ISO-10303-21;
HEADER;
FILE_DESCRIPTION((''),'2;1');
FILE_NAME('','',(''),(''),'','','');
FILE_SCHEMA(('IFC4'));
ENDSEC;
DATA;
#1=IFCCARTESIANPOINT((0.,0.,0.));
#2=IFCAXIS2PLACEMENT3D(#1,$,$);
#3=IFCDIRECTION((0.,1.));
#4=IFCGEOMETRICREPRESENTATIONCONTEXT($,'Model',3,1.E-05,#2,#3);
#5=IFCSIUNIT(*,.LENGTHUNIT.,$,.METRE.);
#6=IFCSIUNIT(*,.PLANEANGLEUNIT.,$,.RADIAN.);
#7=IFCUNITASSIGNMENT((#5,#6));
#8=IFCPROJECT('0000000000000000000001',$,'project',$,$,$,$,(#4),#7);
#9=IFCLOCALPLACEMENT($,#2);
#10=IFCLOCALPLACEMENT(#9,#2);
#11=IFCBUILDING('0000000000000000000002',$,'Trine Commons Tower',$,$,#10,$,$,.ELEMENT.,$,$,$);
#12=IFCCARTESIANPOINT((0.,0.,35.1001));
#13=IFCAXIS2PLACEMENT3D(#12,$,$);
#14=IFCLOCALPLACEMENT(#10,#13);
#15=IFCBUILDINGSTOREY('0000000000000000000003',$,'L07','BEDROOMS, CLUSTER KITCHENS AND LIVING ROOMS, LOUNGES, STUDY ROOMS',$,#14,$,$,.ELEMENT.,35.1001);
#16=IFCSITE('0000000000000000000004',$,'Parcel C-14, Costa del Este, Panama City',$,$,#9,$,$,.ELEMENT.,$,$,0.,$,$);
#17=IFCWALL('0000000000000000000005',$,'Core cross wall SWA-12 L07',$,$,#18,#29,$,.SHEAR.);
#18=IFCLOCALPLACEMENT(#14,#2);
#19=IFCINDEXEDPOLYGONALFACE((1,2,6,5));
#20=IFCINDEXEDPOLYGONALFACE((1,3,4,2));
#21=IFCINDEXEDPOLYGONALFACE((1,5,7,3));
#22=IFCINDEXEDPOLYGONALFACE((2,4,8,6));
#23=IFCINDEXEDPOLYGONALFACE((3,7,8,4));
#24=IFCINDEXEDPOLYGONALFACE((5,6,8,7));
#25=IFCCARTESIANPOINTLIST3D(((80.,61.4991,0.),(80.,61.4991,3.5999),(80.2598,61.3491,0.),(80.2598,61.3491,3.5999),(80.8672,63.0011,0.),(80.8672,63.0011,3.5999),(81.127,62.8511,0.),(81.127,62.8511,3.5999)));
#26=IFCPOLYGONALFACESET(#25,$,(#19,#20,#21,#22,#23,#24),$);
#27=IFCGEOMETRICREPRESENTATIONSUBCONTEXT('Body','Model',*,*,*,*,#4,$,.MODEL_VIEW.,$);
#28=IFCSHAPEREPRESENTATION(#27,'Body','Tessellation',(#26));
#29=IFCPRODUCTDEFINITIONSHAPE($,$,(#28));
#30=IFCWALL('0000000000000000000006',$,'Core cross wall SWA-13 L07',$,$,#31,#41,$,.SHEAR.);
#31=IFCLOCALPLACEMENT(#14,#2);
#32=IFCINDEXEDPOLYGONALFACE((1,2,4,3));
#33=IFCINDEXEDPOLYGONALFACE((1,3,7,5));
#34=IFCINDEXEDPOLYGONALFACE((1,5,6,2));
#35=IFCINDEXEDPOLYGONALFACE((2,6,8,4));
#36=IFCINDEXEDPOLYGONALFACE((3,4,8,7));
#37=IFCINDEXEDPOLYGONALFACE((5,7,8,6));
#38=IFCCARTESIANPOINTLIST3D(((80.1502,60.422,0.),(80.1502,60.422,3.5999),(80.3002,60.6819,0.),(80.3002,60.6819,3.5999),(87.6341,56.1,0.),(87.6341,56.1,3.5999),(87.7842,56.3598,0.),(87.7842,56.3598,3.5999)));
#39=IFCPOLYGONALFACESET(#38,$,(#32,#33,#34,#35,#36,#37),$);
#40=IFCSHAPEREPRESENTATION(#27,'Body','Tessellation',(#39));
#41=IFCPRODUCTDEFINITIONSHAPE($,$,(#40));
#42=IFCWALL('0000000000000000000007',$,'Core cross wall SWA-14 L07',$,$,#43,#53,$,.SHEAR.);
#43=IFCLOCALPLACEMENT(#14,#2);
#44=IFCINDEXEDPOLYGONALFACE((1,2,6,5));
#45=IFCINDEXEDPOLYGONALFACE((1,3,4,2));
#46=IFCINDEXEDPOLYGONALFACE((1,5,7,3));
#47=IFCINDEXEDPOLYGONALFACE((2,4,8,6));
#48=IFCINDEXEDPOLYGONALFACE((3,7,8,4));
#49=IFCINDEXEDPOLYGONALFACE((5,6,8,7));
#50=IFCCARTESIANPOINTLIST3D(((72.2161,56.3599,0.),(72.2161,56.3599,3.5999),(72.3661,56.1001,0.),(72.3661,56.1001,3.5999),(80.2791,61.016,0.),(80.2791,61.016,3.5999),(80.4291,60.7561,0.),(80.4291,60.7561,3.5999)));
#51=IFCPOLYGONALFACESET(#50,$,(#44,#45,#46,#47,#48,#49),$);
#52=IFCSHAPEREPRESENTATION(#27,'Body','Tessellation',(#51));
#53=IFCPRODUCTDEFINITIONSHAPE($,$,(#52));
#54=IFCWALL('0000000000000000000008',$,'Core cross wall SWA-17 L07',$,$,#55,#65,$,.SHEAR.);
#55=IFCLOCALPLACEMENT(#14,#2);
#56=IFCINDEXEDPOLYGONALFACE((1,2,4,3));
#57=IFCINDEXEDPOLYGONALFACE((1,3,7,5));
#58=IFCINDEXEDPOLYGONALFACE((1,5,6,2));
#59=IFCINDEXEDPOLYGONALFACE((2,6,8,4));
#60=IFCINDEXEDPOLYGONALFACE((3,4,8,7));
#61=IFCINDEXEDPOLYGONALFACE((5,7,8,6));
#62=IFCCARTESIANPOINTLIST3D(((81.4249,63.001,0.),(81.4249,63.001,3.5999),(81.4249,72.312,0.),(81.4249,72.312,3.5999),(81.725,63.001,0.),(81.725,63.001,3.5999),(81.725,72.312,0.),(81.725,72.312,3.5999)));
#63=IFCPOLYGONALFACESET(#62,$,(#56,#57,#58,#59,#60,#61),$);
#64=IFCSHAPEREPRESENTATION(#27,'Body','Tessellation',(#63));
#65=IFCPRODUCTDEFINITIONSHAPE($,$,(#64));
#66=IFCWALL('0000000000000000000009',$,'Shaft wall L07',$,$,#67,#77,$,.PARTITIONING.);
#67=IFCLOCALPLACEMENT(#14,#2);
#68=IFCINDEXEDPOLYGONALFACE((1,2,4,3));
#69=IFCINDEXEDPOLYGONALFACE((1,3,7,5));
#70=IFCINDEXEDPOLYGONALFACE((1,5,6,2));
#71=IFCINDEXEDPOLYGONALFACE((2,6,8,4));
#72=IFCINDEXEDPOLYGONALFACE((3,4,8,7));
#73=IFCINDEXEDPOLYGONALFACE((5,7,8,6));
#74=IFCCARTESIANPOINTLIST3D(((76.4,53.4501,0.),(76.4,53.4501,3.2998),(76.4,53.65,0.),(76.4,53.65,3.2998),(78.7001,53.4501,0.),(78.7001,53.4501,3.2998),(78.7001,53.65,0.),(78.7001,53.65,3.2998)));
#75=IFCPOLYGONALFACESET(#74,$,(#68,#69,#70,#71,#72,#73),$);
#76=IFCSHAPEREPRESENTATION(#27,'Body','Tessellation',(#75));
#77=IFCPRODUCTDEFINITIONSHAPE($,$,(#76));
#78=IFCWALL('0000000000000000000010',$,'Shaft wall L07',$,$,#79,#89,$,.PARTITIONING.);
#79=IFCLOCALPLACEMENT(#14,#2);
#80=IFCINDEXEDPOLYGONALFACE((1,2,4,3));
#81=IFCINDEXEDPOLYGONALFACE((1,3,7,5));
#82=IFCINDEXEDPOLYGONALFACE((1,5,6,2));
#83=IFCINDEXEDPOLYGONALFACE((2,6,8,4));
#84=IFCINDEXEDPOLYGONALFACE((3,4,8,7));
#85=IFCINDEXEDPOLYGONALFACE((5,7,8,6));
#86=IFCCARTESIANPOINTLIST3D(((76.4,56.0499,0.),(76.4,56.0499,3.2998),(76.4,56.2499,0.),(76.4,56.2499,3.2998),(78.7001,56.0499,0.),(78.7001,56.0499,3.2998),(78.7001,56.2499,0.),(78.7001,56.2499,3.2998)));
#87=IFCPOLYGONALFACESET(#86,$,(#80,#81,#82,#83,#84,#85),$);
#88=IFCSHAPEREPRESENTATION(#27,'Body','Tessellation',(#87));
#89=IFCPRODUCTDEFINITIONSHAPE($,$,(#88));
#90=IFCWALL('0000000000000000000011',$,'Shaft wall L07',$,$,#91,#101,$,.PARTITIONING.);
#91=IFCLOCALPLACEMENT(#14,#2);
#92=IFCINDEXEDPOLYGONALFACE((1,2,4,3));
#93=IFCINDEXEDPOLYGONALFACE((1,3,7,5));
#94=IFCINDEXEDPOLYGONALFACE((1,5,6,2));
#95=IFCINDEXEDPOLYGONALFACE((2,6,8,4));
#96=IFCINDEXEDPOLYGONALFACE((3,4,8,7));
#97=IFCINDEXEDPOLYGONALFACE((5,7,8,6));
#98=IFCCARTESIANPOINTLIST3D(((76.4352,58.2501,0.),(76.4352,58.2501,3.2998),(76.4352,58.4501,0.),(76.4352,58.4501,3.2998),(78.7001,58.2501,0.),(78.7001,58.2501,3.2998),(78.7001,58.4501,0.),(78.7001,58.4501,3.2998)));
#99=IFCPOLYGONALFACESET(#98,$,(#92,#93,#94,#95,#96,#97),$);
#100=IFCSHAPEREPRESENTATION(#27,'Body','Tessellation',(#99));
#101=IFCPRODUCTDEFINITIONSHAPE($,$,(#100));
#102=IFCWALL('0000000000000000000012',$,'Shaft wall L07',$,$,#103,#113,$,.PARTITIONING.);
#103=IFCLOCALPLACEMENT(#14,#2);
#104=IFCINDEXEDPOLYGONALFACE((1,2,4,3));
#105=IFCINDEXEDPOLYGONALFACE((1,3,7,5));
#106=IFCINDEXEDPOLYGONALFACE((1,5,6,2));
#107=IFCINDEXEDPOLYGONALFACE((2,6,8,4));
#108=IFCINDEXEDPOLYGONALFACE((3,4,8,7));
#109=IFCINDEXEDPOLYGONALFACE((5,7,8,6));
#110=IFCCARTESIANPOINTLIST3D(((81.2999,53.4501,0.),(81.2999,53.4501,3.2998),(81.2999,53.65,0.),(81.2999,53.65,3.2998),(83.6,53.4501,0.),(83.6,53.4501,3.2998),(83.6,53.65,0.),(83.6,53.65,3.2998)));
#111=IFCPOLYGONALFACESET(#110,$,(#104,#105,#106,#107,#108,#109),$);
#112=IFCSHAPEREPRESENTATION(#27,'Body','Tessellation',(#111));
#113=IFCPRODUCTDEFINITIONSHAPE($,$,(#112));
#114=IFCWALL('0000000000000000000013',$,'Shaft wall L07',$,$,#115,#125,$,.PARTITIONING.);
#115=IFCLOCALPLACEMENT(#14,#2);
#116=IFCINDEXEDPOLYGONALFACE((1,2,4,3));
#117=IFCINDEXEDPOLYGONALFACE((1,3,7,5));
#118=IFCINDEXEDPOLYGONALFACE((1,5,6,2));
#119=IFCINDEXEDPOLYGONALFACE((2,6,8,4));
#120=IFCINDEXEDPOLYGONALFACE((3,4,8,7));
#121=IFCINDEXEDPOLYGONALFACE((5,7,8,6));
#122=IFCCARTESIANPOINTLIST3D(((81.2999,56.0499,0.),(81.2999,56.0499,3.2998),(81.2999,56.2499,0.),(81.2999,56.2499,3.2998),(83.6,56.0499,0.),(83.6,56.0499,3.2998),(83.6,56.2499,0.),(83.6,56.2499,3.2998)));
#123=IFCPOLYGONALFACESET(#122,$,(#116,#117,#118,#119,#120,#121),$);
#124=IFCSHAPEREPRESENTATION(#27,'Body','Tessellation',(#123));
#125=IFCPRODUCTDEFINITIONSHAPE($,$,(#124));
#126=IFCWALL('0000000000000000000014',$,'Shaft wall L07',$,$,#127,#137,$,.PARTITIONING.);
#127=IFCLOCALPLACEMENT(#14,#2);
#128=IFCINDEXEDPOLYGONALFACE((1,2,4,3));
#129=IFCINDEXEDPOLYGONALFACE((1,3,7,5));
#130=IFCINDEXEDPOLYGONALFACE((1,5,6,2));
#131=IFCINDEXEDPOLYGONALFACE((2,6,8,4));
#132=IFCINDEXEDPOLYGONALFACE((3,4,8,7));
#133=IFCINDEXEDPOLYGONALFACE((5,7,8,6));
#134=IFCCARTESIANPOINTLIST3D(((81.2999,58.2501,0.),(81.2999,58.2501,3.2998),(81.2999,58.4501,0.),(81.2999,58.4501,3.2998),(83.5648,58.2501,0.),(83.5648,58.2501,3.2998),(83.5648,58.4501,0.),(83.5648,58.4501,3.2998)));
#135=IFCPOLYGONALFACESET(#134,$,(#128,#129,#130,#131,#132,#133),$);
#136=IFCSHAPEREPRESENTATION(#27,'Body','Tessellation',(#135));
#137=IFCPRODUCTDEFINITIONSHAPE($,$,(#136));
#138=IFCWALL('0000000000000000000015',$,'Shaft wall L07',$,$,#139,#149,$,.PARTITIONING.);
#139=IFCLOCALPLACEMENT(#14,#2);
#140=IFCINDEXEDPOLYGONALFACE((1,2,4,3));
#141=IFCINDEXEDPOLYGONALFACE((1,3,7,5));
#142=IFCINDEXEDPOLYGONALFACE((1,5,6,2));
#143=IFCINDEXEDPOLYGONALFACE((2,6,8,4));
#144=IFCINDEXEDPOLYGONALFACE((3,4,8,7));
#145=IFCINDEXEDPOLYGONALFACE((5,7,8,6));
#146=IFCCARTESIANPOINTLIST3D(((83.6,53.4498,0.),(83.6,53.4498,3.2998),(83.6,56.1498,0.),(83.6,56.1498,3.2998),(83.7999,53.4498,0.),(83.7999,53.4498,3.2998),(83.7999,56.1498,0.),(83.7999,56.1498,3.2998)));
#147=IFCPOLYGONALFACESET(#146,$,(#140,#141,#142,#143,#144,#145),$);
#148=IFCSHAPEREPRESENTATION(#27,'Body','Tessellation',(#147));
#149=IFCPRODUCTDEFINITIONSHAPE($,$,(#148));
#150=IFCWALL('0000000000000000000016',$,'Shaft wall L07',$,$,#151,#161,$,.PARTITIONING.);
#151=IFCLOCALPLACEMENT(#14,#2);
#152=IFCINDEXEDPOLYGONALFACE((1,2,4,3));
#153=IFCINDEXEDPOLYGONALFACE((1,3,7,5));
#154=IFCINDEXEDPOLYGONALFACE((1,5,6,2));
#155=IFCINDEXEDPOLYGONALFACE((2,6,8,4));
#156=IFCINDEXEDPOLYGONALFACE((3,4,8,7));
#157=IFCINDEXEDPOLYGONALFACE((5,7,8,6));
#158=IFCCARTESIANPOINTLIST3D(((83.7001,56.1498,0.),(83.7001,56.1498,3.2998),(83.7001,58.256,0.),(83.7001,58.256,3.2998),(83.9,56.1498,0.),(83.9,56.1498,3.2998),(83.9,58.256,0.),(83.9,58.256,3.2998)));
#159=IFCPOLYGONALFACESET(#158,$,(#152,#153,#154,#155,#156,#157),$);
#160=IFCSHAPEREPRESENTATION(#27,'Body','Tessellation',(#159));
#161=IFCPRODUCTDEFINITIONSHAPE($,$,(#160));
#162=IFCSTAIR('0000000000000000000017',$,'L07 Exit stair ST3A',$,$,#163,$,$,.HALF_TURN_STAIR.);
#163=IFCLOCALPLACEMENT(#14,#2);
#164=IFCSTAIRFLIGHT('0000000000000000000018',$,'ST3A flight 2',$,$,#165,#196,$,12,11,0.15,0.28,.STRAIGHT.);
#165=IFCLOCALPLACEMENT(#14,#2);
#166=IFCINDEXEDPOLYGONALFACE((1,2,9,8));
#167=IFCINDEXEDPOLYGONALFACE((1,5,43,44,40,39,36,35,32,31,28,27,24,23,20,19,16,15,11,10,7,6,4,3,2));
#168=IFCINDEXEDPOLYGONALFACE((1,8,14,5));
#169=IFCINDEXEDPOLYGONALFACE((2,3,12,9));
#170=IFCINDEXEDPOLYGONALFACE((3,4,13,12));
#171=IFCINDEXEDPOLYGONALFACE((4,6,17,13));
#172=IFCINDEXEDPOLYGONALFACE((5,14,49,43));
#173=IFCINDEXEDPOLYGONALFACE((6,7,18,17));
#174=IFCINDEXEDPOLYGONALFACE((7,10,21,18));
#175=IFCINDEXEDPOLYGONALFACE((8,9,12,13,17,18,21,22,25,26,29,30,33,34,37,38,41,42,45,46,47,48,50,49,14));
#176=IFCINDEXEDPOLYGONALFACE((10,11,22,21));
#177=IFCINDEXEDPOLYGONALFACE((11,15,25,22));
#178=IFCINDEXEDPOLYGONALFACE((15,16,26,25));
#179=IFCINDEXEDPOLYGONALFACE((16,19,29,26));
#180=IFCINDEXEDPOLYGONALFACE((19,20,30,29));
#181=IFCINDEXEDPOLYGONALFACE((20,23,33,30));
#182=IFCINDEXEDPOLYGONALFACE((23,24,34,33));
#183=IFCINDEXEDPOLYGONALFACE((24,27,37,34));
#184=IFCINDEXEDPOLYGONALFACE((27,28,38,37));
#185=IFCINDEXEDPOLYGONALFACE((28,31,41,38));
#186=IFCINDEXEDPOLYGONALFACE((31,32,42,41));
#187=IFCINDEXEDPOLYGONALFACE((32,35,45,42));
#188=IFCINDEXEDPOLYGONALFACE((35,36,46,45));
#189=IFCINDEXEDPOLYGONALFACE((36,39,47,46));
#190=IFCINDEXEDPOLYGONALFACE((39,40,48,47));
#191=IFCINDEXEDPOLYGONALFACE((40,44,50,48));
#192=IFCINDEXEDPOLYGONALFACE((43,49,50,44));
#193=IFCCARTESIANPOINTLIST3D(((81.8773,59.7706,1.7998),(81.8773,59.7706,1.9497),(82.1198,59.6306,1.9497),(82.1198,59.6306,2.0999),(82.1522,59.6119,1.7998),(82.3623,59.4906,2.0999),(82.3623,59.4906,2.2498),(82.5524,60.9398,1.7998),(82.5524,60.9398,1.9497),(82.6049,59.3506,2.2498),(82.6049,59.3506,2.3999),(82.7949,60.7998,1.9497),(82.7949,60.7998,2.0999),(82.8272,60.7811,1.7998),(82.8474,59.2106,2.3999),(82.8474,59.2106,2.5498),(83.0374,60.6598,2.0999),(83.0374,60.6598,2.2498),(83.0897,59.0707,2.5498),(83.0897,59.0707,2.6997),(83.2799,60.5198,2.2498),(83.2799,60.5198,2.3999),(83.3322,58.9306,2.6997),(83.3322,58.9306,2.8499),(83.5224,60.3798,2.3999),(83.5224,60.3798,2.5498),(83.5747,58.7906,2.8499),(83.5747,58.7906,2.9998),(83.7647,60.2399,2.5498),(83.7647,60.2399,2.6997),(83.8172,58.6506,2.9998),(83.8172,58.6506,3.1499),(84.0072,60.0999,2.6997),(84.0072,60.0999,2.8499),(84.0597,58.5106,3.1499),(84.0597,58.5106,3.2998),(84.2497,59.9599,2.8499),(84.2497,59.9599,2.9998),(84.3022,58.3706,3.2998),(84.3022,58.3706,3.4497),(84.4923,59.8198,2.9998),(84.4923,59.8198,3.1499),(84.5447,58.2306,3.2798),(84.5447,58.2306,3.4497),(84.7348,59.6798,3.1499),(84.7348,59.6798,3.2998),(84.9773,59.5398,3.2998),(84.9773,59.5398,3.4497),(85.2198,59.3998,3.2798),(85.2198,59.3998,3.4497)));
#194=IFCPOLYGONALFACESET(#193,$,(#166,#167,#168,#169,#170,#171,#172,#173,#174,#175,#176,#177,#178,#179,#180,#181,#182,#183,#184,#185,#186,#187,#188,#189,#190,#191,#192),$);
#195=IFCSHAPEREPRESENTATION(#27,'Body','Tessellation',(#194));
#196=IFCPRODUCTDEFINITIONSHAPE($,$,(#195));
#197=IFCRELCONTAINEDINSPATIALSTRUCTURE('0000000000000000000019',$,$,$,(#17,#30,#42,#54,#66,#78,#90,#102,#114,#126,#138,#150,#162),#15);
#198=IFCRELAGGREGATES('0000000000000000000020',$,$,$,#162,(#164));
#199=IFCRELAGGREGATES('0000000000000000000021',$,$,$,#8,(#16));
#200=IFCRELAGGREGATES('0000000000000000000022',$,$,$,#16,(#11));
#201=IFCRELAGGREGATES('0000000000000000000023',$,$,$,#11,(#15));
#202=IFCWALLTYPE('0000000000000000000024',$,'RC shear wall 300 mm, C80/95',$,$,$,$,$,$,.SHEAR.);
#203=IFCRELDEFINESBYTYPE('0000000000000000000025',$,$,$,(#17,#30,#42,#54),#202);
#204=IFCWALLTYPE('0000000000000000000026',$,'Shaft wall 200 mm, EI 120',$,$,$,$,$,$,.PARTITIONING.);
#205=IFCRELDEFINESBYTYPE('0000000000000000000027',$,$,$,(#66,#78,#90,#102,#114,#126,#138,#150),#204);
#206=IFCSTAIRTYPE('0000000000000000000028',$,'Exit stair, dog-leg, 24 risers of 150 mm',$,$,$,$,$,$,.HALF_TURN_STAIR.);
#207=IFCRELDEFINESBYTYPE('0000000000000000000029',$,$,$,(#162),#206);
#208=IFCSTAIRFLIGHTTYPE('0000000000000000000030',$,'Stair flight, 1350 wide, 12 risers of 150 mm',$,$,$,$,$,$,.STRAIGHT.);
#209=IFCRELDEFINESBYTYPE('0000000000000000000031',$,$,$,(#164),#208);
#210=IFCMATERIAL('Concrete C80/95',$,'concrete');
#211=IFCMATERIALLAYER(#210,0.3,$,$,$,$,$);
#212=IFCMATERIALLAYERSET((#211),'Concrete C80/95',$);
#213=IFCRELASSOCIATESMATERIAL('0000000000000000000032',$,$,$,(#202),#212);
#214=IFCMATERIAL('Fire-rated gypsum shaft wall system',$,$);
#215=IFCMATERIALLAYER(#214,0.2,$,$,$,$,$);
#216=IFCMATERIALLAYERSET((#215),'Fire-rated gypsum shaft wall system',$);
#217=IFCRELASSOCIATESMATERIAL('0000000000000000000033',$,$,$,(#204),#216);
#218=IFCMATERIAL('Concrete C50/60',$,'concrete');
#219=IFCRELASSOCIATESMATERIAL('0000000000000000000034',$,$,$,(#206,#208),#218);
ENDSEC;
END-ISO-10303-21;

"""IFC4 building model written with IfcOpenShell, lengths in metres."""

from ifc_helpers import new_model, si_unit, direction, frame, frame_2d, origin, place, context, subcontext, project, spatial, polyline, rectangle, outline, extrude, material, layer, layer_set, type_object, element, aggregate, save


model = new_model("IFC4")

# Units and contexts
model_context = context("Model", 3, precision=1e-05, world=origin(), true_north=direction((0.0, 1.0)))
body_context = subcontext(model_context, "Body", "Model", "MODEL_VIEW")
ifc_project = project(units=[si_unit("LENGTHUNIT", "METRE"), si_unit("PLANEANGLEUNIT", "RADIAN")], contexts=[model_context])

# Site, building, storey
site_placement = place(None, origin())
site = spatial("IfcSite", under=ifc_project, at=site_placement, Name="Parcel C-14, Costa del Este, Panama City", CompositionType="ELEMENT", RefElevation=0.0)
building_placement = place(site_placement, origin())
building = spatial("IfcBuilding", under=site, at=building_placement, Name="Trine Commons Tower", CompositionType="ELEMENT")
storey_placement = place(building_placement, frame((0.0, 0.0, 35.1001)))
storey = spatial("IfcBuildingStorey", under=building, at=storey_placement, Name="L07", Description="BEDROOMS, CLUSTER KITCHENS AND LIVING ROOMS, LOUNGES, STUDY ROOMS", CompositionType="ELEMENT", Elevation=35.1001)

# Shared definitions
ifc_material_1 = material(Name="Fire-rated gypsum shaft wall system")

# Shared definitions
ifc_material_2 = material(Name="Concrete C80/95", Category="concrete")
ifc_layer_1 = layer(ifc_material_2, 0.3)
ifc_layer_set_1 = layer_set([ifc_layer_1], Name="Concrete C80/95")
wall_type_1 = type_object("IfcWallType", Name="RC shear wall 300 mm, C80/95", PredefinedType="SHEAR", material=ifc_layer_set_1)

# Walls
wall_1_placement = place(storey_placement, frame((80.1299, 61.4241, 0.0), z_axis=(0.0, 0.0, 1.0), x_axis=(0.500015, 0.866017, 0.0)))
element("IfcWall", 1, at=wall_1_placement, inside=storey, type_object=wall_type_1, Name="Core cross wall SWA-12 L07", PredefinedType="SHEAR", context=body_context, shape_type="SweptSolid", body=[
    extrude(rectangle(XDim=1.7344, YDim=0.3, at=frame_2d((0.8672, 0.0))), origin(), (0.0, 0.0, 1.0), 3.5999),
])
wall_2_placement = place(storey_placement, frame((80.2251, 60.552, 0.0), z_axis=(0.0, 0.0, 1.0), x_axis=(0.865965, -0.500104, 0.0)))
element("IfcWall", 2, at=wall_2_placement, inside=storey, type_object=wall_type_1, Name="Core cross wall SWA-13 L07", PredefinedType="SHEAR", context=body_context, shape_type="SweptSolid", body=[
    extrude(rectangle(XDim=8.6423, YDim=0.3, at=frame_2d((4.3213, 0.0))), origin(), (0.0, 0.0, 1.0), 3.5999),
])
wall_3_placement = place(storey_placement, frame((80.354, 60.886, 0.0), z_axis=(0.0, 0.0, 1.0), x_axis=(-0.865986, -0.500067, 0.0)))
element("IfcWall", 3, at=wall_3_placement, inside=storey, type_object=wall_type_1, Name="Core cross wall SWA-14 L07", PredefinedType="SHEAR", context=body_context, shape_type="SweptSolid", body=[
    extrude(rectangle(XDim=9.3108, YDim=0.3, at=frame_2d((4.6553, 0.0))), origin(), (0.0, 0.0, 1.0), 3.5999),
])
wall_4_placement = place(storey_placement, frame((81.575, 63.001, 0.0), z_axis=(0.0, 0.0, 1.0), x_axis=(0.0, 1.0, 0.0)))
element("IfcWall", 4, at=wall_4_placement, inside=storey, type_object=wall_type_1, Name="Core cross wall SWA-17 L07", PredefinedType="SHEAR", context=body_context, shape_type="SweptSolid", body=[
    extrude(rectangle(XDim=9.311, YDim=0.3, at=frame_2d((4.6555, 0.0))), origin(), (0.0, 0.0, 1.0), 3.5999),
])
ifc_layer_2 = layer(ifc_material_1, 0.2)
ifc_layer_set_2 = layer_set([ifc_layer_2], Name="Fire-rated gypsum shaft wall system")
wall_type_2 = type_object("IfcWallType", Name="Shaft wall 200 mm, EI 120", PredefinedType="PARTITIONING", material=ifc_layer_set_2)
for number, where, z_axis, x_axis, name in (
    (5, (78.7, 53.55, 0.0), (0.0, 0.0, 1.0), (-1.0, 0.0, 0.0), "Shaft wall L07"),
    (6, (78.7, 56.1499, 0.0), (0.0, 0.0, 1.0), (-1.0, 0.0, 0.0), "Shaft wall L07"),
):
    element("IfcWall", number, at=place(storey_placement, frame(where, z_axis=z_axis, x_axis=x_axis)), inside=storey, type_object=wall_type_2, Name=name, PredefinedType="PARTITIONING", context=body_context, shape_type="SweptSolid", body=[
        extrude(rectangle(XDim=2.3, YDim=0.2, at=frame_2d((1.1499, 0.0))), origin(), (0.0, 0.0, 1.0), 3.2998),
    ])
wall_5_placement = place(storey_placement, frame((78.7, 58.3501, 0.0), z_axis=(0.0, 0.0, 1.0), x_axis=(-1.0, 0.0, 0.0)))
element("IfcWall", 7, at=wall_5_placement, inside=storey, type_object=wall_type_2, Name="Shaft wall L07", PredefinedType="PARTITIONING", context=body_context, shape_type="SweptSolid", body=[
    extrude(rectangle(XDim=2.2649, YDim=0.2, at=frame_2d((1.1323, 0.0))), origin(), (0.0, 0.0, 1.0), 3.2998),
])
for number, where, z_axis, x_axis, name in (
    (8, (81.3, 53.55, 0.0), (0.0, 0.0, 1.0), (1.0, 0.0, 0.0), "Shaft wall L07"),
    (9, (81.3, 56.1499, 0.0), (0.0, 0.0, 1.0), (1.0, 0.0, 0.0), "Shaft wall L07"),
):
    element("IfcWall", number, at=place(storey_placement, frame(where, z_axis=z_axis, x_axis=x_axis)), inside=storey, type_object=wall_type_2, Name=name, PredefinedType="PARTITIONING", context=body_context, shape_type="SweptSolid", body=[
        extrude(rectangle(XDim=2.3, YDim=0.2, at=frame_2d((1.1499, 0.0))), origin(), (0.0, 0.0, 1.0), 3.2998),
    ])
wall_6_placement = place(storey_placement, frame((81.3, 58.3501, 0.0), z_axis=(0.0, 0.0, 1.0), x_axis=(1.0, 0.0, 0.0)))
element("IfcWall", 10, at=wall_6_placement, inside=storey, type_object=wall_type_2, Name="Shaft wall L07", PredefinedType="PARTITIONING", context=body_context, shape_type="SweptSolid", body=[
    extrude(rectangle(XDim=2.2649, YDim=0.2, at=frame_2d((1.1323, 0.0))), origin(), (0.0, 0.0, 1.0), 3.2998),
])
wall_7_placement = place(storey_placement, frame((83.7, 56.1499, 0.0), z_axis=(0.0, 0.0, 1.0), x_axis=(0.0, -1.0, 0.0)))
element("IfcWall", 11, at=wall_7_placement, inside=storey, type_object=wall_type_2, Name="Shaft wall L07", PredefinedType="PARTITIONING", context=body_context, shape_type="SweptSolid", body=[
    extrude(rectangle(XDim=2.7, YDim=0.2, at=frame_2d((1.3501, 0.0))), origin(), (0.0, 0.0, 1.0), 3.2998),
])
wall_8_placement = place(storey_placement, frame((83.8, 58.2561, 0.0), z_axis=(0.0, 0.0, 1.0), x_axis=(0.0, -1.0, 0.0)))
element("IfcWall", 12, at=wall_8_placement, inside=storey, type_object=wall_type_2, Name="Shaft wall L07", PredefinedType="PARTITIONING", context=body_context, shape_type="SweptSolid", body=[
    extrude(rectangle(XDim=2.1062, YDim=0.2, at=frame_2d((1.0532, 0.0))), origin(), (0.0, 0.0, 1.0), 3.2998),
])

# Stair, stair flight
ifc_material_3 = material(Name="Concrete C50/60", Category="concrete")
stair_type = type_object("IfcStairType", Name="Exit stair, dog-leg, 24 risers of 150 mm", PredefinedType="HALF_TURN_STAIR", material=ifc_material_3)
stair_placement = place(storey_placement, origin())
stair = element("IfcStair", 13, at=stair_placement, inside=storey, type_object=stair_type, Name="L07 Exit stair ST3A", PredefinedType="HALF_TURN_STAIR")
stair_flight_type = type_object("IfcStairFlightType", Name="Stair flight, 1350 wide, 12 risers of 150 mm", PredefinedType="STRAIGHT", material=ifc_material_3)
stair_flight_placement = place(storey_placement, frame((82.2148, 60.3552, 1.7998), z_axis=(0.0, 0.0, 1.0), x_axis=(0.866025, -0.5, 0.0)))
stair_flight = element("IfcStairFlight", 14, at=stair_flight_placement, type_object=stair_flight_type, Name="ST3A flight 2", NumberOfRisers=12, NumberOfTreads=11, PredefinedType="STRAIGHT", RiserHeight=0.15, TreadLength=0.28, context=body_context, shape_type="SweptSolid", body=[
    extrude(outline(polyline([(0.0, 0.0), (0.0, 0.1499), (0.28, 0.1499), (0.28, 0.3), (0.5601, 0.3), (0.5601, 0.45), (0.8401, 0.45), (0.8401, 0.6001), (1.1201, 0.6001), (1.1201, 0.75), (1.3999, 0.75), (1.3999, 0.8999), (1.6799, 0.8999), (1.6799, 1.05), (1.96, 1.05), (1.96, 1.2), (2.24, 1.2), (2.24, 1.3501), (2.52, 1.3501), (2.52, 1.5), (2.8, 1.5), (2.8, 1.6499), (3.0801, 1.6499), (3.0801, 1.8), (3.0801, 1.48), (0.3174, 0.0), (0.0, 0.0)])), frame((0.0, 0.675, 0.0), z_axis=(0.0, -1.0, 0.0), x_axis=(1.0, 0.0, 0.0)), (0.0, 0.0, 1.0), 1.3501),
])
aggregate(stair, [stair_flight])

save(model, "model.ifc")
